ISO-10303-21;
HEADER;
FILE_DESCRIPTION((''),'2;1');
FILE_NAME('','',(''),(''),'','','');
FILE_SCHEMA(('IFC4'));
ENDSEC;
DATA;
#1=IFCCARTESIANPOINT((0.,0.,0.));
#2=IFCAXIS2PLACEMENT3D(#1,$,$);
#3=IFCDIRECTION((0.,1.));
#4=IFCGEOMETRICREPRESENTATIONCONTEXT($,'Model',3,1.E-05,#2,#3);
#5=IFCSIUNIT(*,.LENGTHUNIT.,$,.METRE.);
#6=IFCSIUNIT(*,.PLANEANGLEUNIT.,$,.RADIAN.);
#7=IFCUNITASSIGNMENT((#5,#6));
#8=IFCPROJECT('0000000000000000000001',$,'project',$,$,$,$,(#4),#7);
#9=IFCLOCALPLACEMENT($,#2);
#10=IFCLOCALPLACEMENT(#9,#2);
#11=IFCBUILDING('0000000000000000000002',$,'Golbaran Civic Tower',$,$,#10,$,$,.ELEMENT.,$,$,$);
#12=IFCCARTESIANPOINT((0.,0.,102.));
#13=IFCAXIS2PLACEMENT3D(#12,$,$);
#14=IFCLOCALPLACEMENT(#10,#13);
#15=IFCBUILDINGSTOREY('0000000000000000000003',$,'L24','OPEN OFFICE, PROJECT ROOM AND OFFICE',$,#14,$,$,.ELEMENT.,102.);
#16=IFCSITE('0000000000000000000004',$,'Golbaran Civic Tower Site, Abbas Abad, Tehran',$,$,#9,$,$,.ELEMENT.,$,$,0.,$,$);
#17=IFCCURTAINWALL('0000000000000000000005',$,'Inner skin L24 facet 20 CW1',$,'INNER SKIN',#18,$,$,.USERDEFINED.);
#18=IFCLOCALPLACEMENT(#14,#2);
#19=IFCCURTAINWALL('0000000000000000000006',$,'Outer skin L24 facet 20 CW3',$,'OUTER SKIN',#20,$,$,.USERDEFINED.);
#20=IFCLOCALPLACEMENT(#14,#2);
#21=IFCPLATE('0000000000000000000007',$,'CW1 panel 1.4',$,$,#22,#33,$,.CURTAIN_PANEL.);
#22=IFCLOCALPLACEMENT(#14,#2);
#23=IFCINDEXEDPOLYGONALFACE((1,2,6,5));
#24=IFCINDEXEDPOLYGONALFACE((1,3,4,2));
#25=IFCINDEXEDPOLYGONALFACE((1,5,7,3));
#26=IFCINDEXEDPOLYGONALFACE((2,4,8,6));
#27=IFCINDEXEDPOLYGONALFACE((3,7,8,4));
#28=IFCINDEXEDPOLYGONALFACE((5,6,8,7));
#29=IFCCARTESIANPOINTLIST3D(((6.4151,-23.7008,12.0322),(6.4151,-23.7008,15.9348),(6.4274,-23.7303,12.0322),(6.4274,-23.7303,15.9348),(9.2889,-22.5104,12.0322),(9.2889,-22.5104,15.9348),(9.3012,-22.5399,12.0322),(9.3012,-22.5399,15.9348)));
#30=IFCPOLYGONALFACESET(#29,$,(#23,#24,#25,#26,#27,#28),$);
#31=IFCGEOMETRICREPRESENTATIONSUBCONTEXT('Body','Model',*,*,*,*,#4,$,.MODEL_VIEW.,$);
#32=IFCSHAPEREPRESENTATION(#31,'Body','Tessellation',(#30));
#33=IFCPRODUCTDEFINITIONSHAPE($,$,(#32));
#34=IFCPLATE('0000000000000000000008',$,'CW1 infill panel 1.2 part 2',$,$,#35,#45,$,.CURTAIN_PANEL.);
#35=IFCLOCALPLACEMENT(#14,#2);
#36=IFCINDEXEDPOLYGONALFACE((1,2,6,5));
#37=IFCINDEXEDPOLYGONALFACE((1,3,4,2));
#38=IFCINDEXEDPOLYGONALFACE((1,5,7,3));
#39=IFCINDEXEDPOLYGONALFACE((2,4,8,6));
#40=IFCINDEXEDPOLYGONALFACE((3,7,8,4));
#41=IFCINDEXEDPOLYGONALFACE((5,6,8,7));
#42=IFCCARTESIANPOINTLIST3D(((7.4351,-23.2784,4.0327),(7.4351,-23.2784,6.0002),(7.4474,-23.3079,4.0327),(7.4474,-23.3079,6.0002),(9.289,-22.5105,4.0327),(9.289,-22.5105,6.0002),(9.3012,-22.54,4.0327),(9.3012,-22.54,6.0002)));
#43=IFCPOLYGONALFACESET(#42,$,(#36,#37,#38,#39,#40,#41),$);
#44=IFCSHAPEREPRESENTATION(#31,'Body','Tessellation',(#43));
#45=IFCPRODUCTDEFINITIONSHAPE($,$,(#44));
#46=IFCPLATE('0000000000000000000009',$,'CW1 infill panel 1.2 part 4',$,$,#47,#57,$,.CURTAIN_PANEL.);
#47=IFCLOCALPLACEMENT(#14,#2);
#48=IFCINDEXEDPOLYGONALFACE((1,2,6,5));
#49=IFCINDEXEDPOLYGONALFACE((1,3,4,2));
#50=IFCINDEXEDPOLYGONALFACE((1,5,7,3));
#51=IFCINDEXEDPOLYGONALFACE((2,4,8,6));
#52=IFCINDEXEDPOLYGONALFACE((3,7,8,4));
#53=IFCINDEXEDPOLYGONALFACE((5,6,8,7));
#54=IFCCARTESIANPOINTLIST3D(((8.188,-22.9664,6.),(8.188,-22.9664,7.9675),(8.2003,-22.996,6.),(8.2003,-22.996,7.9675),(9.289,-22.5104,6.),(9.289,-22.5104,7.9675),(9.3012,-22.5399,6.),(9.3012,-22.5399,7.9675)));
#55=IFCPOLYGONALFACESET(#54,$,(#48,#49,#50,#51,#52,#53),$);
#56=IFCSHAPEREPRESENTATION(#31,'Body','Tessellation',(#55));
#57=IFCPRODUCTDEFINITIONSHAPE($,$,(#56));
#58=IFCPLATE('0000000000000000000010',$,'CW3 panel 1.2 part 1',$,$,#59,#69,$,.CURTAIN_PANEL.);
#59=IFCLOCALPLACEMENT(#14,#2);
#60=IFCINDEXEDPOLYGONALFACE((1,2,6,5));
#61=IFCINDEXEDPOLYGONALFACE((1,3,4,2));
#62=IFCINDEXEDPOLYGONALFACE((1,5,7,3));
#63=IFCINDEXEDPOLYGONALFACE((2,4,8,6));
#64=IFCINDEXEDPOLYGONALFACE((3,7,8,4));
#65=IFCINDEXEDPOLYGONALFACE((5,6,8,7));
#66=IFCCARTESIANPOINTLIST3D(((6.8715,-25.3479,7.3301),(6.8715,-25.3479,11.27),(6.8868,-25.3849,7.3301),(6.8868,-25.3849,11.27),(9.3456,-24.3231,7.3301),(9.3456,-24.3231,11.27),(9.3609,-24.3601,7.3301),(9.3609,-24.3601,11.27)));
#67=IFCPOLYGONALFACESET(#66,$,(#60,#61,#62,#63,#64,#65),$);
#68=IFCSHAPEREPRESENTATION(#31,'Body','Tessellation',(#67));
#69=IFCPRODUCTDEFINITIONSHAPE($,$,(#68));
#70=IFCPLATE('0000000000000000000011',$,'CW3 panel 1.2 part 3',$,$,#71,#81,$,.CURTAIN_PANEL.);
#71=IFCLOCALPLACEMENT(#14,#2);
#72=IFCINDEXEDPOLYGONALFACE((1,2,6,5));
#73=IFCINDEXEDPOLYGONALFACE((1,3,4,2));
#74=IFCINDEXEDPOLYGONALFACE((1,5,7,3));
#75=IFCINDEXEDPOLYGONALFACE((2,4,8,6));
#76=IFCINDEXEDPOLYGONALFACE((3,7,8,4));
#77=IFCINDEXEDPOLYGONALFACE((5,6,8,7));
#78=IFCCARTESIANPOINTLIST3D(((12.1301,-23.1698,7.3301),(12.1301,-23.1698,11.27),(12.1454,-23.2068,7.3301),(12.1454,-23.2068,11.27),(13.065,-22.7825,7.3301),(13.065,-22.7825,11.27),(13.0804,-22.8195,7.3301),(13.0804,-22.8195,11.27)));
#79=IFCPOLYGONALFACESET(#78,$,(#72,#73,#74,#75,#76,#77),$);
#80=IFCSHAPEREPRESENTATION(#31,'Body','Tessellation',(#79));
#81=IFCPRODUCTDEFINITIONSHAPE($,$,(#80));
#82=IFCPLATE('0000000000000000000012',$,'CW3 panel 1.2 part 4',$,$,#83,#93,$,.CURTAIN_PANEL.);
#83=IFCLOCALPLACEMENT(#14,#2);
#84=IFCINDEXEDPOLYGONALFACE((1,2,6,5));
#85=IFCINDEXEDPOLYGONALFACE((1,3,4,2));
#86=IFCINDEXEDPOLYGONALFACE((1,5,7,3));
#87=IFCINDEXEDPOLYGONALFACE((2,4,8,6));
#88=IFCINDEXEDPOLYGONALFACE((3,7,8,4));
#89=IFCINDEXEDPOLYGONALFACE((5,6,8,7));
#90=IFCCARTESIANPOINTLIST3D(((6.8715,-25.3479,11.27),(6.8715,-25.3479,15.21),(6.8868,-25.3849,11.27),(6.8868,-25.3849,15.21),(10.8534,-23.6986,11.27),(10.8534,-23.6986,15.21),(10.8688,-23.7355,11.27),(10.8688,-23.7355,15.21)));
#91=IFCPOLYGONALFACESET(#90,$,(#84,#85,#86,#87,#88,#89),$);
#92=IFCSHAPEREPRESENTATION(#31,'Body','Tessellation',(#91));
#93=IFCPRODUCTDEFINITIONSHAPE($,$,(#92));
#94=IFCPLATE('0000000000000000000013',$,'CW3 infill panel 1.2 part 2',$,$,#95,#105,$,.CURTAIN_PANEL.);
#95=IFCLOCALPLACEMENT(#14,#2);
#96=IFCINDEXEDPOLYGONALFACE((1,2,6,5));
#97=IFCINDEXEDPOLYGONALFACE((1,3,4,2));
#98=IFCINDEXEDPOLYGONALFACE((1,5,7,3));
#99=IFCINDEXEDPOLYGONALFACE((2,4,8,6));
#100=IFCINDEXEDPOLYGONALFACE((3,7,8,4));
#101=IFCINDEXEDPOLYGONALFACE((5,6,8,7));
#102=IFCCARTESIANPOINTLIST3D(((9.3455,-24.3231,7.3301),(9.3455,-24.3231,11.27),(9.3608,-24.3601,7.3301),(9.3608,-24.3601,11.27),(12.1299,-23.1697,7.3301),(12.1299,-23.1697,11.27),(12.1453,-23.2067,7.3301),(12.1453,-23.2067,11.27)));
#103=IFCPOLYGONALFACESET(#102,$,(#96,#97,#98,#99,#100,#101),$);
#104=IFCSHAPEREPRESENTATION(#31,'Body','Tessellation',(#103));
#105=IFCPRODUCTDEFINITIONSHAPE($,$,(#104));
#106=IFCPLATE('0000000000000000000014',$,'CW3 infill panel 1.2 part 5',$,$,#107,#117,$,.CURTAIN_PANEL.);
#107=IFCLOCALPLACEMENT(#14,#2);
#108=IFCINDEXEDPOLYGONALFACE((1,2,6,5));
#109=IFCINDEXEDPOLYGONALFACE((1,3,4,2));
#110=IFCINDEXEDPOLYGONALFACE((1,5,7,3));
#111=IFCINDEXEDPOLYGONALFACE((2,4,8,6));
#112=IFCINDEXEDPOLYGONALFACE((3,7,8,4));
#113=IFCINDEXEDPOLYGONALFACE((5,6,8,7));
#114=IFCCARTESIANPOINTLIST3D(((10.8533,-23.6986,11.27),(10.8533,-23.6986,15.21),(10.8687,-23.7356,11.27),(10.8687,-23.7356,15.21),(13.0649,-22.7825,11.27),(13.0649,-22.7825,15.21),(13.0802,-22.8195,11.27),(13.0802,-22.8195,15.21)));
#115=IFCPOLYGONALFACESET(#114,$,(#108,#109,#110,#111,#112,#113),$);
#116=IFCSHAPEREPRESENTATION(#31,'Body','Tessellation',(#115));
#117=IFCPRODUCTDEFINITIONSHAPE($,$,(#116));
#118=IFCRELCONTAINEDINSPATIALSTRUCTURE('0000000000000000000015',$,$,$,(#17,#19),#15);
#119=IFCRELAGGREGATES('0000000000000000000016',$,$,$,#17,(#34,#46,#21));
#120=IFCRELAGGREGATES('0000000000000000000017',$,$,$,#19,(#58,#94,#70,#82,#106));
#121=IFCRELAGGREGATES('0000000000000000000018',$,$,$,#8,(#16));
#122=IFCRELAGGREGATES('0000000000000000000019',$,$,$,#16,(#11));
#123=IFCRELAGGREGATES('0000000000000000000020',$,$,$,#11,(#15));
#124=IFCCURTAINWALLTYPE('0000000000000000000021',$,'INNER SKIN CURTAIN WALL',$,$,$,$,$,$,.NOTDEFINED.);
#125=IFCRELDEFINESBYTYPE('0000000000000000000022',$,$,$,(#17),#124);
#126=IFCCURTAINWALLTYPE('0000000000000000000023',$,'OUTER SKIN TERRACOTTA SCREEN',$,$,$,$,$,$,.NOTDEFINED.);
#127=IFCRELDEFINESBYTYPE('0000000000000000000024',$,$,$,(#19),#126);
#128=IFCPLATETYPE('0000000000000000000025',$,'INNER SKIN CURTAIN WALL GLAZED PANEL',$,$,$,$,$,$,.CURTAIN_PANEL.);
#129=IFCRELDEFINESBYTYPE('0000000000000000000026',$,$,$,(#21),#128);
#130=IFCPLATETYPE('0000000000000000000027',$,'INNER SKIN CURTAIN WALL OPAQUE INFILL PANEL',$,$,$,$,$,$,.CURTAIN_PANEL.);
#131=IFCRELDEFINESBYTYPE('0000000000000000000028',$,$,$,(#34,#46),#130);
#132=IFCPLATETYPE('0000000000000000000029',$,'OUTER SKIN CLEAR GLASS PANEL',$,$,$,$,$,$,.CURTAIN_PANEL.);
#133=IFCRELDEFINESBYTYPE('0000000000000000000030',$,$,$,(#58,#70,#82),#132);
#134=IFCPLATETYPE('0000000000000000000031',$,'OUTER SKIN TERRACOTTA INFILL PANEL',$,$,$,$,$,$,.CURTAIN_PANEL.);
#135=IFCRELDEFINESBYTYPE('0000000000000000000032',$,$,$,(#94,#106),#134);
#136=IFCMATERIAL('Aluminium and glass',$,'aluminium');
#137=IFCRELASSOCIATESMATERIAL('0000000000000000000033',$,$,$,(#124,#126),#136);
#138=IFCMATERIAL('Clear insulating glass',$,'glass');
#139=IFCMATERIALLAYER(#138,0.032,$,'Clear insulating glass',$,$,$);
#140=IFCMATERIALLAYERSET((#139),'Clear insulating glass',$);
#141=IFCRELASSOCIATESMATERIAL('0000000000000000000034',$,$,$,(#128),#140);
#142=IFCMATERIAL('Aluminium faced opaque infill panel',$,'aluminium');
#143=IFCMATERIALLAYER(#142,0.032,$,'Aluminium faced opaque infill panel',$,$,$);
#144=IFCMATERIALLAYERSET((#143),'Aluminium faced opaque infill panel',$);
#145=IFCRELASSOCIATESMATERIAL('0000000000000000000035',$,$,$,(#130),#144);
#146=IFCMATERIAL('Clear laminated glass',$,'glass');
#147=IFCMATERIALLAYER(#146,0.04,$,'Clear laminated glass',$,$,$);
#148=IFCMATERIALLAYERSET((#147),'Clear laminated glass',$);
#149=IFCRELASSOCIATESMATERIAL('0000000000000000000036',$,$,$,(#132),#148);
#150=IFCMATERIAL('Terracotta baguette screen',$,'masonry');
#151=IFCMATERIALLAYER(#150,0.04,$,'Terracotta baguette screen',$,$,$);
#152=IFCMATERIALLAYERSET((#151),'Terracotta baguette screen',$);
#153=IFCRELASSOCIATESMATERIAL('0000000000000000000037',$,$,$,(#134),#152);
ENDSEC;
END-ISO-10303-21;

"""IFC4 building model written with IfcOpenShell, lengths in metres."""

from ifc_helpers import new_model, si_unit, direction, frame, origin, origin_2d, place, context, subcontext, project, spatial, rectangle, extrude, material, layer, layer_set, type_object, element, aggregate, save


model = new_model("IFC4")

# Units and contexts
model_context = context("Model", 3, precision=1e-05, world=origin(), true_north=direction((0.0, 1.0)))
body_context = subcontext(model_context, "Body", "Model", "MODEL_VIEW")
ifc_project = project(units=[si_unit("LENGTHUNIT", "METRE"), si_unit("PLANEANGLEUNIT", "RADIAN")], contexts=[model_context])

# Site, building, storey
site_placement = place(None, origin())
site = spatial("IfcSite", under=ifc_project, at=site_placement, Name="Golbaran Civic Tower Site, Abbas Abad, Tehran", CompositionType="ELEMENT", RefElevation=0.0)
building_placement = place(site_placement, origin())
building = spatial("IfcBuilding", under=site, at=building_placement, Name="Golbaran Civic Tower", CompositionType="ELEMENT")
storey_placement = place(building_placement, frame((0.0, 0.0, 102.0)))
storey = spatial("IfcBuildingStorey", under=building, at=storey_placement, Name="L24", Description="OPEN OFFICE, PROJECT ROOM AND OFFICE", CompositionType="ELEMENT", Elevation=102.0)

# Curtain walls
ifc_material_1 = material(Name="Aluminium and glass", Category="aluminium")
curtain_wall_type_1 = type_object("IfcCurtainWallType", Name="INNER SKIN CURTAIN WALL", PredefinedType="NOTDEFINED", material=ifc_material_1)
curtain_wall_1_placement = place(storey_placement, origin())
curtain_wall_1 = element("IfcCurtainWall", 1, at=curtain_wall_1_placement, inside=storey, type_object=curtain_wall_type_1, Name="Inner skin L24 facet 20 CW1", ObjectType="INNER SKIN", PredefinedType="USERDEFINED")
curtain_wall_type_2 = type_object("IfcCurtainWallType", Name="OUTER SKIN TERRACOTTA SCREEN", PredefinedType="NOTDEFINED", material=ifc_material_1)
curtain_wall_2_placement = place(storey_placement, origin())
curtain_wall_2 = element("IfcCurtainWall", 2, at=curtain_wall_2_placement, inside=storey, type_object=curtain_wall_type_2, Name="Outer skin L24 facet 20 CW3", ObjectType="OUTER SKIN", PredefinedType="USERDEFINED")

# Shared definitions
ifc_material_2 = material(Name="Clear insulating glass", Category="glass")
ifc_layer_1 = layer(ifc_material_2, 0.032, Name="Clear insulating glass")
ifc_layer_set_1 = layer_set([ifc_layer_1], Name="Clear insulating glass")
plate_type_1 = type_object("IfcPlateType", Name="INNER SKIN CURTAIN WALL GLAZED PANEL", PredefinedType="CURTAIN_PANEL", material=ifc_layer_set_1)

# Plates
plate_1_placement = place(storey_placement, frame((7.8582, -23.1204, 12.0322), z_axis=(0.0, 0.0, 1.0), x_axis=(0.92388, 0.382683, 0.0)))
plate_1 = element("IfcPlate", 3, at=plate_1_placement, type_object=plate_type_1, Name="CW1 panel 1.4", PredefinedType="CURTAIN_PANEL", context=body_context, shape_type="SweptSolid", body=[
    extrude(rectangle(XDim=3.1106, YDim=0.032, at=origin_2d()), origin(), (0.0, 0.0, 1.0), 3.9026),
])
ifc_material_3 = material(Name="Aluminium faced opaque infill panel", Category="aluminium")
ifc_layer_2 = layer(ifc_material_3, 0.032, Name="Aluminium faced opaque infill panel")
ifc_layer_set_2 = layer_set([ifc_layer_2], Name="Aluminium faced opaque infill panel")
plate_type_2 = type_object("IfcPlateType", Name="INNER SKIN CURTAIN WALL OPAQUE INFILL PANEL", PredefinedType="CURTAIN_PANEL", material=ifc_layer_set_2)
plate_2_placement = place(storey_placement, frame((8.3682, -22.9092, 4.0327), z_axis=(0.0, 0.0, 1.0), x_axis=(0.92388, 0.382683, 0.0)))
plate_2 = element("IfcPlate", 4, at=plate_2_placement, type_object=plate_type_2, Name="CW1 infill panel 1.2 part 2", PredefinedType="CURTAIN_PANEL", context=body_context, shape_type="SweptSolid", body=[
    extrude(rectangle(XDim=2.0066, YDim=0.032, at=origin_2d()), origin(), (0.0, 0.0, 1.0), 1.9675),
])
plate_3_placement = place(storey_placement, frame((8.7446, -22.7532, 6.0), z_axis=(0.0, 0.0, 1.0), x_axis=(0.92388, 0.382683, 0.0)))
plate_3 = element("IfcPlate", 5, at=plate_3_placement, type_object=plate_type_2, Name="CW1 infill panel 1.2 part 4", PredefinedType="CURTAIN_PANEL", context=body_context, shape_type="SweptSolid", body=[
    extrude(rectangle(XDim=1.1917, YDim=0.032, at=origin_2d()), origin(), (0.0, 0.0, 1.0), 1.9675),
])
aggregate(curtain_wall_1, [plate_2, plate_3, plate_1])
ifc_material_4 = material(Name="Clear laminated glass", Category="glass")
ifc_layer_3 = layer(ifc_material_4, 0.04, Name="Clear laminated glass")
ifc_layer_set_3 = layer_set([ifc_layer_3], Name="Clear laminated glass")
plate_type_3 = type_object("IfcPlateType", Name="OUTER SKIN CLEAR GLASS PANEL", PredefinedType="CURTAIN_PANEL", material=ifc_layer_set_3)
plate_4_placement = place(storey_placement, frame((8.1162, -24.854, 7.3301), z_axis=(0.0, 0.0, 1.0), x_axis=(0.92388, 0.382683, 0.0)))
plate_4 = element("IfcPlate", 6, at=plate_4_placement, type_object=plate_type_3, Name="CW3 panel 1.2 part 1", PredefinedType="CURTAIN_PANEL", context=body_context, shape_type="SweptSolid", body=[
    extrude(rectangle(XDim=2.678, YDim=0.04, at=origin_2d()), origin(), (0.0, 0.0, 1.0), 3.9399),
])
plate_5_placement = place(storey_placement, frame((12.6052, -22.9946, 7.3301), z_axis=(0.0, 0.0, 1.0), x_axis=(0.92388, 0.382683, 0.0)))
plate_5 = element("IfcPlate", 7, at=plate_5_placement, type_object=plate_type_3, Name="CW3 panel 1.2 part 3", PredefinedType="CURTAIN_PANEL", context=body_context, shape_type="SweptSolid", body=[
    extrude(rectangle(XDim=1.012, YDim=0.04, at=origin_2d()), origin(), (0.0, 0.0, 1.0), 3.9399),
])
plate_6_placement = place(storey_placement, frame((8.8701, -24.5417, 11.27), z_axis=(0.0, 0.0, 1.0), x_axis=(0.92388, 0.382683, 0.0)))
plate_6 = element("IfcPlate", 8, at=plate_6_placement, type_object=plate_type_3, Name="CW3 panel 1.2 part 4", PredefinedType="CURTAIN_PANEL", context=body_context, shape_type="SweptSolid", body=[
    extrude(rectangle(XDim=4.3101, YDim=0.04, at=origin_2d()), origin(), (0.0, 0.0, 1.0), 3.9399),
])
ifc_material_5 = material(Name="Terracotta baguette screen", Category="masonry")
ifc_layer_4 = layer(ifc_material_5, 0.04, Name="Terracotta baguette screen")
ifc_layer_set_4 = layer_set([ifc_layer_4], Name="Terracotta baguette screen")
plate_type_4 = type_object("IfcPlateType", Name="OUTER SKIN TERRACOTTA INFILL PANEL", PredefinedType="CURTAIN_PANEL", material=ifc_layer_set_4)
plate_7_placement = place(storey_placement, frame((10.7454, -23.7649, 7.3301), z_axis=(0.0, 0.0, 1.0), x_axis=(0.92388, 0.382683, 0.0)))
plate_7 = element("IfcPlate", 9, at=plate_7_placement, type_object=plate_type_4, Name="CW3 infill panel 1.2 part 2", PredefinedType="CURTAIN_PANEL", context=body_context, shape_type="SweptSolid", body=[
    extrude(rectangle(XDim=3.0139, YDim=0.04, at=origin_2d()), origin(), (0.0, 0.0, 1.0), 3.9399),
])
plate_8_placement = place(storey_placement, frame((11.9668, -23.259, 11.27), z_axis=(0.0, 0.0, 1.0), x_axis=(0.92388, 0.382683, 0.0)))
plate_8 = element("IfcPlate", 10, at=plate_8_placement, type_object=plate_type_4, Name="CW3 infill panel 1.2 part 5", PredefinedType="CURTAIN_PANEL", context=body_context, shape_type="SweptSolid", body=[
    extrude(rectangle(XDim=2.3938, YDim=0.04, at=origin_2d()), origin(), (0.0, 0.0, 1.0), 3.9399),
])
aggregate(curtain_wall_2, [plate_4, plate_7, plate_5, plate_6, plate_8])

save(model, "model.ifc")
